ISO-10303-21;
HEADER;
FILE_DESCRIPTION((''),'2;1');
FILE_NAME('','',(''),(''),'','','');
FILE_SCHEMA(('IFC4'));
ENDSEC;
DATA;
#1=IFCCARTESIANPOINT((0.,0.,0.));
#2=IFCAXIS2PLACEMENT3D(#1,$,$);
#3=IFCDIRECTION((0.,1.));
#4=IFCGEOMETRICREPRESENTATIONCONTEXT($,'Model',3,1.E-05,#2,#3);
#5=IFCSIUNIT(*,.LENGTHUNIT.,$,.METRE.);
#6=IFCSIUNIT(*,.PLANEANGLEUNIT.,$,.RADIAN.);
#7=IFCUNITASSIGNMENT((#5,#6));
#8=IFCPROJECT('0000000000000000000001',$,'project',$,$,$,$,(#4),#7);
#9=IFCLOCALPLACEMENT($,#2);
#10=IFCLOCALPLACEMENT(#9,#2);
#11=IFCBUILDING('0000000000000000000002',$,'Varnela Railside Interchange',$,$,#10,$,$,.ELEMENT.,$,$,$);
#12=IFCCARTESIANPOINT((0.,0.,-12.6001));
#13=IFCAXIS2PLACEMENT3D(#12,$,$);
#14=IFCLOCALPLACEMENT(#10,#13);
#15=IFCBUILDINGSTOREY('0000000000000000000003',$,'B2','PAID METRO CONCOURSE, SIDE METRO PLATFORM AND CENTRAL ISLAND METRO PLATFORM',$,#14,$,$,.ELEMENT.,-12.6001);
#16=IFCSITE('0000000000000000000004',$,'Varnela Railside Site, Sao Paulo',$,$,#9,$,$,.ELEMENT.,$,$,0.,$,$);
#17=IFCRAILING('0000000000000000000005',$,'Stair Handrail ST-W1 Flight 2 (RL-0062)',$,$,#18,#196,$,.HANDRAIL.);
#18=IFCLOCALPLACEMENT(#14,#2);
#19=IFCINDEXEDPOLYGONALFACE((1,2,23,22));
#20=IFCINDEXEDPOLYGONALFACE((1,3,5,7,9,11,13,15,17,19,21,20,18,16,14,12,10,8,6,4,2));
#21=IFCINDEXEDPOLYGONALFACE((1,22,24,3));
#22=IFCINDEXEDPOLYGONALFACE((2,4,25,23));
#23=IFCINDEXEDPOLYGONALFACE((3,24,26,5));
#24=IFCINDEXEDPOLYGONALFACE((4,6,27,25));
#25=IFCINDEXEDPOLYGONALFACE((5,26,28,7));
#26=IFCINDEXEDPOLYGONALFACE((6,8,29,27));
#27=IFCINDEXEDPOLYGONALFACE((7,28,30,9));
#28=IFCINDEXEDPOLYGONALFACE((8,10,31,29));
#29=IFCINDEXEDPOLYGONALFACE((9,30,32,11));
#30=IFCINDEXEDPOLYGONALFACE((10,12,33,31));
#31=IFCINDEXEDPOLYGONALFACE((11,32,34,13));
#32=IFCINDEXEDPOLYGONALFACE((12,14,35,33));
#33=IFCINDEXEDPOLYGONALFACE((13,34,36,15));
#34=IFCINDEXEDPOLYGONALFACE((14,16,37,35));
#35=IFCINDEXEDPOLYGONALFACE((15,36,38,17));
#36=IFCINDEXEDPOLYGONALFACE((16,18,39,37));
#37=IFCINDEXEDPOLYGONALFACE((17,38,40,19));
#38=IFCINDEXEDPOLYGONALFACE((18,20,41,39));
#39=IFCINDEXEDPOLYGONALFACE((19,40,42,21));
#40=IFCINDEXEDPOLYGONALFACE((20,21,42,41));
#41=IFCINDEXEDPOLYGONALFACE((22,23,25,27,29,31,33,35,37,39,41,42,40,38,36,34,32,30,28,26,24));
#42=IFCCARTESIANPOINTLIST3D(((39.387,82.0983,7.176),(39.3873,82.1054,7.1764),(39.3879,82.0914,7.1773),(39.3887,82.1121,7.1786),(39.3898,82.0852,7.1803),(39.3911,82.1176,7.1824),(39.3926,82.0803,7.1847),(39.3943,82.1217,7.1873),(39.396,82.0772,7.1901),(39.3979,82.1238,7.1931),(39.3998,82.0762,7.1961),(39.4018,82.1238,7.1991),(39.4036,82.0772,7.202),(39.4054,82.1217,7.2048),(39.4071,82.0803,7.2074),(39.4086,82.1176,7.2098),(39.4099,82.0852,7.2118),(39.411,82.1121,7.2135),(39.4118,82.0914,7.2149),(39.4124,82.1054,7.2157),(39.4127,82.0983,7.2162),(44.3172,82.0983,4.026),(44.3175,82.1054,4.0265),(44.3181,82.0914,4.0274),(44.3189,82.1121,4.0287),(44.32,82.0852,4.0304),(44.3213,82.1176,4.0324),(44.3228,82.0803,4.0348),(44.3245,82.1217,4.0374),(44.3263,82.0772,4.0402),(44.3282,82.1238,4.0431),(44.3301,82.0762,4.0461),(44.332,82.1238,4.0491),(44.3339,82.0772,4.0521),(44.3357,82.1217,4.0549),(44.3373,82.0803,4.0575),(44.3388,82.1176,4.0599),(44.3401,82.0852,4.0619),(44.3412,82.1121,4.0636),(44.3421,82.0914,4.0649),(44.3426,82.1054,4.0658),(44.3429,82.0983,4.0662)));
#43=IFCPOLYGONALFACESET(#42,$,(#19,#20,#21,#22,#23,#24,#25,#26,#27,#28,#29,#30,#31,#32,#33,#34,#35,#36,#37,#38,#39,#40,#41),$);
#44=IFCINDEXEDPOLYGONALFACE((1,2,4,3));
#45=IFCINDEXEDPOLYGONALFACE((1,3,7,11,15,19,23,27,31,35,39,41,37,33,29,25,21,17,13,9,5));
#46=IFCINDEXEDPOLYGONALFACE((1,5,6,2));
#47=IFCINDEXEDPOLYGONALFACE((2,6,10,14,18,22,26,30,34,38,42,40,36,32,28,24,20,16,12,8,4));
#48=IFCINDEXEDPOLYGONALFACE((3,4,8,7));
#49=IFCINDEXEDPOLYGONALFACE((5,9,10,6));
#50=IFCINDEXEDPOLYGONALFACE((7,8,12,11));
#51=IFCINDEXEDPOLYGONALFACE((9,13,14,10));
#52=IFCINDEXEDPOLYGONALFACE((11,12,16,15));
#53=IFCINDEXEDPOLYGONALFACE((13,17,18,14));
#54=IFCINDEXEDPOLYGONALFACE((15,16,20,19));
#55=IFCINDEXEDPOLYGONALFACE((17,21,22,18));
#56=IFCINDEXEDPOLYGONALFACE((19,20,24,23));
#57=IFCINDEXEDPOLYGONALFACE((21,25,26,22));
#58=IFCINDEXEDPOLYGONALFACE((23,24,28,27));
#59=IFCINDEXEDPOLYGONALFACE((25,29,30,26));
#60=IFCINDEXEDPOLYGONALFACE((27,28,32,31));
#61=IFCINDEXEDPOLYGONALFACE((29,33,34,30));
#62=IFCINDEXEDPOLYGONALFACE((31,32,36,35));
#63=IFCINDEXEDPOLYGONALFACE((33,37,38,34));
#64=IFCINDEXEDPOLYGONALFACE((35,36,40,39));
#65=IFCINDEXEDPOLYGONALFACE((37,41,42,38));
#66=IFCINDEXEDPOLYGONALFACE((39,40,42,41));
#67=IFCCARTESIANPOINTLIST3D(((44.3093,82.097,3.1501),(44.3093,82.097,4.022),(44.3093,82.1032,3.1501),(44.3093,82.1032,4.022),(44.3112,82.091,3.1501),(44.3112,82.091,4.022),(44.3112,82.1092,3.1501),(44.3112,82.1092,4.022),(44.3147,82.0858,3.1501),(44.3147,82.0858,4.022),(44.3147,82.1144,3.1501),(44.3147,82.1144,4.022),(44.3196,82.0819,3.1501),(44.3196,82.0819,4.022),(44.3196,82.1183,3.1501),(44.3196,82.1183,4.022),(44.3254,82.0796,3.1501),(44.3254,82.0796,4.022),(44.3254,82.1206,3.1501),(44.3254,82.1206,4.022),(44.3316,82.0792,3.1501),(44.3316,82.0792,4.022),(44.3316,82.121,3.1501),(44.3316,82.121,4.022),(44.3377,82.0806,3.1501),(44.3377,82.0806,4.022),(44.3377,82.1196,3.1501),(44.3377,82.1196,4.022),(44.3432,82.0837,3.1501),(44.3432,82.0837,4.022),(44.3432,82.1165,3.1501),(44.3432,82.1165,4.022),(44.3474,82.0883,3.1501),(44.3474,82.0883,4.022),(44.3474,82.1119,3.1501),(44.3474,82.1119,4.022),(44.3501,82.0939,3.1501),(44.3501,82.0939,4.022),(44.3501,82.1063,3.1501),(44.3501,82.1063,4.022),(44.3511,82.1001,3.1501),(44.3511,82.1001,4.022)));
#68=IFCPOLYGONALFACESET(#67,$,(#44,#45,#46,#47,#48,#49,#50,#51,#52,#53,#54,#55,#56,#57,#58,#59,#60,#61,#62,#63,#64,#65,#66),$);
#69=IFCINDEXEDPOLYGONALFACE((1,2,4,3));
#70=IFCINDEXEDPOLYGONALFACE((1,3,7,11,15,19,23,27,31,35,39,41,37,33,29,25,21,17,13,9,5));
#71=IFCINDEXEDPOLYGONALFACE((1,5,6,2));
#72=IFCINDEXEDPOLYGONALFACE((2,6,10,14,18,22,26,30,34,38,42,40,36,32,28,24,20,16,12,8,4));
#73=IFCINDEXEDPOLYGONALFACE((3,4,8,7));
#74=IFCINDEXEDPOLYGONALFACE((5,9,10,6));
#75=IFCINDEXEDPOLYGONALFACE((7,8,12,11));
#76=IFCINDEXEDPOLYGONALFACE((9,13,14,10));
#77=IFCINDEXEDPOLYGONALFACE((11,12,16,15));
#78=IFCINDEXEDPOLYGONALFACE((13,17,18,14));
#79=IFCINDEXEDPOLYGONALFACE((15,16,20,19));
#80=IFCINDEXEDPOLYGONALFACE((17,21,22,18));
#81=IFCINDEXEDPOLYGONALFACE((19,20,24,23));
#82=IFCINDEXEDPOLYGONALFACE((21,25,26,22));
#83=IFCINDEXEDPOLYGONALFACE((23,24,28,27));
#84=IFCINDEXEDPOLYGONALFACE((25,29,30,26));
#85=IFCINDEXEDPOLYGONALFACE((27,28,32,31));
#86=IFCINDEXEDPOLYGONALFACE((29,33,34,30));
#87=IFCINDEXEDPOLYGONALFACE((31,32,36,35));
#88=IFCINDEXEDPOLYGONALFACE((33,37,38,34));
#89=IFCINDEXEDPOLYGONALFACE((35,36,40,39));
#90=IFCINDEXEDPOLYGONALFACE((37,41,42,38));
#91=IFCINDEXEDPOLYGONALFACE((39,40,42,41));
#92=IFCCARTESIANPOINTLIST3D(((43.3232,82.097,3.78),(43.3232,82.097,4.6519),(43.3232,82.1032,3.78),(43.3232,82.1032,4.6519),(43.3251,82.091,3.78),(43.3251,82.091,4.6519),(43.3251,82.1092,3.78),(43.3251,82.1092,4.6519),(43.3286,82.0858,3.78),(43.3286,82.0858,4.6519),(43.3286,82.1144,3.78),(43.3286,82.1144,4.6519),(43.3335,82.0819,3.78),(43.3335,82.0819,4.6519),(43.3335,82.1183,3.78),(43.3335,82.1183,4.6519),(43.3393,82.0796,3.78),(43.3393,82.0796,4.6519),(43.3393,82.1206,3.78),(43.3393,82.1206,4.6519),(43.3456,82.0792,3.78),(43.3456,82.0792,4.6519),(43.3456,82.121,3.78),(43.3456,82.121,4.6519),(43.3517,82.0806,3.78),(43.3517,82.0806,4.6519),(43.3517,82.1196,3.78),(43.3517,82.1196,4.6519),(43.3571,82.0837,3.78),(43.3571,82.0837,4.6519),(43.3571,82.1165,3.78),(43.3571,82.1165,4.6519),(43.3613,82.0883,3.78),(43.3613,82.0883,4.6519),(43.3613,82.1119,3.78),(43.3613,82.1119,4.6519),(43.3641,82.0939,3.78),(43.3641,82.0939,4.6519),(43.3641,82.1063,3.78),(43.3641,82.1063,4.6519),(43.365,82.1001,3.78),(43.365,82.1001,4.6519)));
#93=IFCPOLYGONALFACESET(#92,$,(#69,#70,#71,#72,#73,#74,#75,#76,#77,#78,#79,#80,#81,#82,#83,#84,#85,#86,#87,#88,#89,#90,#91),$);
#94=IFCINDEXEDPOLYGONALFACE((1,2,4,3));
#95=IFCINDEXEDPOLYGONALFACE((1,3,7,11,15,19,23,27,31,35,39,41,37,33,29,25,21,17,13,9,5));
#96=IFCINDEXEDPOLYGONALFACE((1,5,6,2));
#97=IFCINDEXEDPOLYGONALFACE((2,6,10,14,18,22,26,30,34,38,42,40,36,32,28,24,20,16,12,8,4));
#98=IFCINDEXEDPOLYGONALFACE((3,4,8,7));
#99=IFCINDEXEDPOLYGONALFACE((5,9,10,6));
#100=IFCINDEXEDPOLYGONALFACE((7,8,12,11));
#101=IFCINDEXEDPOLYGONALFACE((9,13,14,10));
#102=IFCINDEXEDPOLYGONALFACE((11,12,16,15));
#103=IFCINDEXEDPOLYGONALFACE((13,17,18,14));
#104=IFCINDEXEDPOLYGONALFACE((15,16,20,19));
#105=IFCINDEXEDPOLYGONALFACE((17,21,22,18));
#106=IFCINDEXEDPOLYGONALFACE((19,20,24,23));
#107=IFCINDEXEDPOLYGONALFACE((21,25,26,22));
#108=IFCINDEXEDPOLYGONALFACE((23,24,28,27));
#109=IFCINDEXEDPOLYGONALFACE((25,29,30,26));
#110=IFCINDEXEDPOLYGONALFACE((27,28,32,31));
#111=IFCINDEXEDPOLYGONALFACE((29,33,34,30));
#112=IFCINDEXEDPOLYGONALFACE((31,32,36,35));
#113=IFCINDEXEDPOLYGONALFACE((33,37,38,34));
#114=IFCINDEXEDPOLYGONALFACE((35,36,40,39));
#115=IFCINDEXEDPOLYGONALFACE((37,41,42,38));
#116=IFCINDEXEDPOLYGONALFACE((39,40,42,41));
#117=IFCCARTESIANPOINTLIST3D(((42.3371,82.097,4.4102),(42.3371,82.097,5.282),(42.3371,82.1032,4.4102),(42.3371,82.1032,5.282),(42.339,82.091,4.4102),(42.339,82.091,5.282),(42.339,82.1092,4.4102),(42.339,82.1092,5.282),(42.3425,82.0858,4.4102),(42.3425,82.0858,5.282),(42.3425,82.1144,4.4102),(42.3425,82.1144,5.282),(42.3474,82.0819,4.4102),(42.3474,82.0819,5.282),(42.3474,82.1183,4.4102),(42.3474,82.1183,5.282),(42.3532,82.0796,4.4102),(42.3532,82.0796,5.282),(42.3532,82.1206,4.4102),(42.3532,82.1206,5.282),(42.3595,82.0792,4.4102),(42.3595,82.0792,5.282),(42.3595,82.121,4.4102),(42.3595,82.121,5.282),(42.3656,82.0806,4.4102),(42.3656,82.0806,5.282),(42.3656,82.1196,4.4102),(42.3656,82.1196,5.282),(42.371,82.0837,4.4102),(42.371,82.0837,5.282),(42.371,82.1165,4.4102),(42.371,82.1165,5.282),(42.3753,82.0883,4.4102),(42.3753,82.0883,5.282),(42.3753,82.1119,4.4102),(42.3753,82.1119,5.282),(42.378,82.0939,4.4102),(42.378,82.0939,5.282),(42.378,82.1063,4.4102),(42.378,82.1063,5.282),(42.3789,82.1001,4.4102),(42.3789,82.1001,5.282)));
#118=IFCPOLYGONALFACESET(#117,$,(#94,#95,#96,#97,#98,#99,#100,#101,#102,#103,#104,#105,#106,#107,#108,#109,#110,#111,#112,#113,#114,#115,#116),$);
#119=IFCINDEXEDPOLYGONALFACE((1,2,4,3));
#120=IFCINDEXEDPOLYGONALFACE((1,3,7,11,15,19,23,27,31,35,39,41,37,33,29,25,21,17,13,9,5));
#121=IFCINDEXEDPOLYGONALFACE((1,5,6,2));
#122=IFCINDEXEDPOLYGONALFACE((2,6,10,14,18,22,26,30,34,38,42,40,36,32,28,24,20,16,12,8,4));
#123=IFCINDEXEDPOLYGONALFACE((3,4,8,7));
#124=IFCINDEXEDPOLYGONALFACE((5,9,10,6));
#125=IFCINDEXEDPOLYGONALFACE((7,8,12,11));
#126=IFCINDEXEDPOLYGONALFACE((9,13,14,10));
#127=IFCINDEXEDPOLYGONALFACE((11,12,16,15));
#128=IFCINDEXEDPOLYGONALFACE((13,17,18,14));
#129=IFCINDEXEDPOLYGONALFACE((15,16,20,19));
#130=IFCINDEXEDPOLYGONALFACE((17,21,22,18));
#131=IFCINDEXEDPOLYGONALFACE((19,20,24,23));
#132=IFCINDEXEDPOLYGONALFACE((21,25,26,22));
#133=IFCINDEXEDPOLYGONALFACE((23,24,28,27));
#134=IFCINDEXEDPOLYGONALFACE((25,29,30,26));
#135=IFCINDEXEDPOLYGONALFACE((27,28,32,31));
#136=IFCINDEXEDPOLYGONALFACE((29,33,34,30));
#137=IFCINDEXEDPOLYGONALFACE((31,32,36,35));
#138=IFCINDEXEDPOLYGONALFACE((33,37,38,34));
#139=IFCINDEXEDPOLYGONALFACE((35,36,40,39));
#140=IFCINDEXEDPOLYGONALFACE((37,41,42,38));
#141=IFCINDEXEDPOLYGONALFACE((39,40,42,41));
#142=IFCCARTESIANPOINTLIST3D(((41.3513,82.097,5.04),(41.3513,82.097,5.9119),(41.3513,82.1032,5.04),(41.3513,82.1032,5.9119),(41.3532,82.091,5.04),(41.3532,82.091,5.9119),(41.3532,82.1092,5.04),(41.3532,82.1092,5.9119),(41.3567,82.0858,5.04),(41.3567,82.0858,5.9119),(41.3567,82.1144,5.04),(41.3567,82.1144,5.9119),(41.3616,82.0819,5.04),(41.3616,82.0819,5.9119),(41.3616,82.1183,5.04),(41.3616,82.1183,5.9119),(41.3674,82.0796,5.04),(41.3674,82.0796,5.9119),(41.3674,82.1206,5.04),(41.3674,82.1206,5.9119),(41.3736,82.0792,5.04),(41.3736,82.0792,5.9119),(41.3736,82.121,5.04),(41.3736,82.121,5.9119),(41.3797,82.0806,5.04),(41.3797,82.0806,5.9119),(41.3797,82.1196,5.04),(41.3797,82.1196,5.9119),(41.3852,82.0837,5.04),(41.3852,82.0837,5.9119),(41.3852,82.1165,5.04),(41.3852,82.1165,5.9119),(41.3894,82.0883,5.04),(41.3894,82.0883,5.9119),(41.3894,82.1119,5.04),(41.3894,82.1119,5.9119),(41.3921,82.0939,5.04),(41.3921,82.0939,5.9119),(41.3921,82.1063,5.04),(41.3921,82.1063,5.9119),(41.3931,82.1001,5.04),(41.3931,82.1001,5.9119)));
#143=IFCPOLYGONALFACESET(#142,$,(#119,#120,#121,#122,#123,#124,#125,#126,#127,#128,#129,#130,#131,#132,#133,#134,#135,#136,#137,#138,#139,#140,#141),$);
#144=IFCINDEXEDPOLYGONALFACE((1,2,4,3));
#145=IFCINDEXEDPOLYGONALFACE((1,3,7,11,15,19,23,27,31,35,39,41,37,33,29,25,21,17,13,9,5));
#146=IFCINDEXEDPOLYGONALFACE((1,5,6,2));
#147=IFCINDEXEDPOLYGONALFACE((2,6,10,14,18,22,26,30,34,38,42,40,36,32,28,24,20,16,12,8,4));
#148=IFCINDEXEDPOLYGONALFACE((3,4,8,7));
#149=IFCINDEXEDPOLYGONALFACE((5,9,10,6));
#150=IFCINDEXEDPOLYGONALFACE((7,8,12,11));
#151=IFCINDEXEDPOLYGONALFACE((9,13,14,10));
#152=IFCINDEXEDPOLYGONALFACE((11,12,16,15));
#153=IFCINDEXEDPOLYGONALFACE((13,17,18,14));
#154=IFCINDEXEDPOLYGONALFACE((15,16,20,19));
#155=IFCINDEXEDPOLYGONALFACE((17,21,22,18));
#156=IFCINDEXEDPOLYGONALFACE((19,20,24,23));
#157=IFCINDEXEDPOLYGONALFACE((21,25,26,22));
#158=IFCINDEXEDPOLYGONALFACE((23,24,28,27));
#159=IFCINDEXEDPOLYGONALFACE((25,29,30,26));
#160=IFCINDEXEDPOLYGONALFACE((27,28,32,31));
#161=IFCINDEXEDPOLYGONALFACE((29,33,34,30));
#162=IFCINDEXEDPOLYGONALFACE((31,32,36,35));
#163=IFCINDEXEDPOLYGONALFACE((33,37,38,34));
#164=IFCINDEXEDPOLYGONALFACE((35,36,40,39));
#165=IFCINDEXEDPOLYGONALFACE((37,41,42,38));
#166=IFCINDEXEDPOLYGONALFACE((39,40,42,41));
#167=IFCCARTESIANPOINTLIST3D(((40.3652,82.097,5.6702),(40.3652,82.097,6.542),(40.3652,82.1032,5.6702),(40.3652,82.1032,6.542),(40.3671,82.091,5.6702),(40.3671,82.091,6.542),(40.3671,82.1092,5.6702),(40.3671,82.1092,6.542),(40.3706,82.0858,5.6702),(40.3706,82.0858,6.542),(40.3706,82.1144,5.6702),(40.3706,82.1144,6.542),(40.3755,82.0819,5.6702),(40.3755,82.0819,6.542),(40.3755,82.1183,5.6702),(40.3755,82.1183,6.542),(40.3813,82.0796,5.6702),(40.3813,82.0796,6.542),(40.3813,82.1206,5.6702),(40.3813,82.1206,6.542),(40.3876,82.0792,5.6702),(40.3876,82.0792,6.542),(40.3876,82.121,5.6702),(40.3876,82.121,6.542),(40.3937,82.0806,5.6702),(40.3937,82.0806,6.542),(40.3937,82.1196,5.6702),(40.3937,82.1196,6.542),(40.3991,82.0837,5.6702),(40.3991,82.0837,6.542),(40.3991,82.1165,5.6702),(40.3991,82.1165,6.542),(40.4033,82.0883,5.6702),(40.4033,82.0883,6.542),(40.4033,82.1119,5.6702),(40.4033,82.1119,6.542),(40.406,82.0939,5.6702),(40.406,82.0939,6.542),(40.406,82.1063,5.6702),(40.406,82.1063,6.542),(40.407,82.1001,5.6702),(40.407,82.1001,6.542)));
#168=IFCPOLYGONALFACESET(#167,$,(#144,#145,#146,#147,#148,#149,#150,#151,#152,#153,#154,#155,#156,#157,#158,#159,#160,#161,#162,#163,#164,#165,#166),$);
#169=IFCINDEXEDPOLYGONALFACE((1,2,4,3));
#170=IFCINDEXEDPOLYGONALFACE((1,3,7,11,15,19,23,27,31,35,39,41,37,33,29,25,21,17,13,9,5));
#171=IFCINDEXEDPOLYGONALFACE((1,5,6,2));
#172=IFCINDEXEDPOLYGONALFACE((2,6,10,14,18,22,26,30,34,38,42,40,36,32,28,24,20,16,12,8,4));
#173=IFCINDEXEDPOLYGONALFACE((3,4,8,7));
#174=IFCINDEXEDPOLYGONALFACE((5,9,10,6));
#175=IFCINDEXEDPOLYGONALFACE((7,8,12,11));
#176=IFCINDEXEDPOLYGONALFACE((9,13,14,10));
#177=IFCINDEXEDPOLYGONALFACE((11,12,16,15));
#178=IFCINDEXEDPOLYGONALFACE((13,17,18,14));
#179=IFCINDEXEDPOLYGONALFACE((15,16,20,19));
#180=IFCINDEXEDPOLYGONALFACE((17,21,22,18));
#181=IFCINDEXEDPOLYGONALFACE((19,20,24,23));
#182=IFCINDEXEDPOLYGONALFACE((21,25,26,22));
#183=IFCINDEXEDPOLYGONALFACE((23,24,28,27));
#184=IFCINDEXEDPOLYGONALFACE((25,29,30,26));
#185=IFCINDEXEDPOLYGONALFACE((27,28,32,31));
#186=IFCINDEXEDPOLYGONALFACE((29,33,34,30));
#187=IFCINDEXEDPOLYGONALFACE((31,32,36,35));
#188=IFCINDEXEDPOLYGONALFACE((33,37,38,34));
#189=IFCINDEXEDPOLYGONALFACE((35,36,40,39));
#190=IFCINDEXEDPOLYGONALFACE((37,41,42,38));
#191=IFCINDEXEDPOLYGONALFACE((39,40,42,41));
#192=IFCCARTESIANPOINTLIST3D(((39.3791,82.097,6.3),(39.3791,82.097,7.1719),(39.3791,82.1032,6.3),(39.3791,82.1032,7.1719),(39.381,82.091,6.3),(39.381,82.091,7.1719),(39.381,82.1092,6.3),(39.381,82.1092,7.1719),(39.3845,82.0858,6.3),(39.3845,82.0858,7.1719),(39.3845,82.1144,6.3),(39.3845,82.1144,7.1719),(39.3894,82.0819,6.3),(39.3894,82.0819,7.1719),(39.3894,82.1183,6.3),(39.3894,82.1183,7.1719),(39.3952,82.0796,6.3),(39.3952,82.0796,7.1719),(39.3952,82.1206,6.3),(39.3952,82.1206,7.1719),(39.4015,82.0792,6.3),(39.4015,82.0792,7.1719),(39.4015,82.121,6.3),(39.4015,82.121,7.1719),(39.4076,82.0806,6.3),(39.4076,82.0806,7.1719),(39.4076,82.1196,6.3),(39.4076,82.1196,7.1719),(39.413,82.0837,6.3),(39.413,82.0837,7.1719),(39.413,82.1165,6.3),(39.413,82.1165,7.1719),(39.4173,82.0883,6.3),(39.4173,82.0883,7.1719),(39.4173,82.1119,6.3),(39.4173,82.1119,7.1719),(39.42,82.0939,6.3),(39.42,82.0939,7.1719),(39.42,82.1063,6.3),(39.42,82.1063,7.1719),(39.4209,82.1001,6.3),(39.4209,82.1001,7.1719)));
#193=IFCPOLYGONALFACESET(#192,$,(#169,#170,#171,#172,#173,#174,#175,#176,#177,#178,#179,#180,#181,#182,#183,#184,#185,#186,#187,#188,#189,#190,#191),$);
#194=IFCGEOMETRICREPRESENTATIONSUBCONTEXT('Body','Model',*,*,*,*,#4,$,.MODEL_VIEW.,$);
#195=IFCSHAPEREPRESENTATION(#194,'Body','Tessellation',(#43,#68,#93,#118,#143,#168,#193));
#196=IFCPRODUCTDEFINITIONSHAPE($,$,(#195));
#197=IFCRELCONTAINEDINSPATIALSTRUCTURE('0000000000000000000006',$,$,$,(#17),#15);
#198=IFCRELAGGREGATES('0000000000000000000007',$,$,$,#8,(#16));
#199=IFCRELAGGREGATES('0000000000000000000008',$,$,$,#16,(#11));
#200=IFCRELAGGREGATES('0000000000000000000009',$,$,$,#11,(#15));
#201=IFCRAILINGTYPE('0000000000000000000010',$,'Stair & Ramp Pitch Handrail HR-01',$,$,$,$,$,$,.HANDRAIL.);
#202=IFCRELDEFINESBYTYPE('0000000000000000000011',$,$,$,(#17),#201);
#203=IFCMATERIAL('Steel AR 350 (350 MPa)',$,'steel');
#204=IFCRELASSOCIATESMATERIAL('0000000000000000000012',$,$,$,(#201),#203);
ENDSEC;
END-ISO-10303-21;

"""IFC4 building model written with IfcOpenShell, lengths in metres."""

from ifc_helpers import new_model, si_unit, direction, frame, origin, origin_2d, place, context, subcontext, project, spatial, circle, extrude, material, type_object, element, save


model = new_model("IFC4")

# Units and contexts
model_context = context("Model", 3, precision=1e-05, world=origin(), true_north=direction((0.0, 1.0)))
body_context = subcontext(model_context, "Body", "Model", "MODEL_VIEW")
ifc_project = project(units=[si_unit("LENGTHUNIT", "METRE"), si_unit("PLANEANGLEUNIT", "RADIAN")], contexts=[model_context])

# Site, building, storey
site_placement = place(None, origin())
site = spatial("IfcSite", under=ifc_project, at=site_placement, Name="Varnela Railside Site, Sao Paulo", CompositionType="ELEMENT", RefElevation=0.0)
building_placement = place(site_placement, origin())
building = spatial("IfcBuilding", under=site, at=building_placement, Name="Varnela Railside Interchange", CompositionType="ELEMENT")
storey_placement = place(building_placement, frame((0.0, 0.0, -12.6001)))
storey = spatial("IfcBuildingStorey", under=building, at=storey_placement, Name="B2", Description="PAID METRO CONCOURSE, SIDE METRO PLATFORM AND CENTRAL ISLAND METRO PLATFORM", CompositionType="ELEMENT", Elevation=-12.6001)

# Railing
ifc_material_1 = material(Name="Steel AR 350 (350 MPa)", Category="steel")
railing_type_1 = type_object("IfcRailingType", Name="Stair & Ramp Pitch Handrail HR-01", PredefinedType="HANDRAIL", material=ifc_material_1)
railing_1_placement = place(storey_placement, frame((44.3301, 82.1001, 3.1501)))
element("IfcRailing", 1, at=railing_1_placement, inside=storey, type_object=railing_type_1, Name="Stair Handrail ST-W1 Flight 2 (RL-0062)", PredefinedType="HANDRAIL", context=body_context, shape_type="SweptSolid", body=[
    extrude(circle(Radius=0.0239, at=origin_2d()), frame((0.0, 0.0, 0.896), z_axis=(-0.842691, 0.0, 0.538398), x_axis=(0.0, -1.0, 0.0)), (0.0, 0.0, 1.0), 5.8506),
    extrude(circle(Radius=0.021, at=origin_2d()), origin(), (0.0, 0.0, 1.0), 0.8718),
    extrude(circle(Radius=0.021, at=origin_2d()), frame((-0.9861, 0.0, 0.6299)), (0.0, 0.0, 1.0), 0.8718),
    extrude(circle(Radius=0.021, at=origin_2d()), frame((-1.9722, 0.0, 1.26)), (0.0, 0.0, 1.0), 0.8718),
    extrude(circle(Radius=0.021, at=origin_2d()), frame((-2.958, 0.0, 1.8899)), (0.0, 0.0, 1.0), 0.8718),
    extrude(circle(Radius=0.021, at=origin_2d()), frame((-3.9441, 0.0, 2.52)), (0.0, 0.0, 1.0), 0.8718),
    extrude(circle(Radius=0.021, at=origin_2d()), frame((-4.9302, 0.0, 3.1499)), (0.0, 0.0, 1.0), 0.8718),
])

save(model, "model.ifc")
